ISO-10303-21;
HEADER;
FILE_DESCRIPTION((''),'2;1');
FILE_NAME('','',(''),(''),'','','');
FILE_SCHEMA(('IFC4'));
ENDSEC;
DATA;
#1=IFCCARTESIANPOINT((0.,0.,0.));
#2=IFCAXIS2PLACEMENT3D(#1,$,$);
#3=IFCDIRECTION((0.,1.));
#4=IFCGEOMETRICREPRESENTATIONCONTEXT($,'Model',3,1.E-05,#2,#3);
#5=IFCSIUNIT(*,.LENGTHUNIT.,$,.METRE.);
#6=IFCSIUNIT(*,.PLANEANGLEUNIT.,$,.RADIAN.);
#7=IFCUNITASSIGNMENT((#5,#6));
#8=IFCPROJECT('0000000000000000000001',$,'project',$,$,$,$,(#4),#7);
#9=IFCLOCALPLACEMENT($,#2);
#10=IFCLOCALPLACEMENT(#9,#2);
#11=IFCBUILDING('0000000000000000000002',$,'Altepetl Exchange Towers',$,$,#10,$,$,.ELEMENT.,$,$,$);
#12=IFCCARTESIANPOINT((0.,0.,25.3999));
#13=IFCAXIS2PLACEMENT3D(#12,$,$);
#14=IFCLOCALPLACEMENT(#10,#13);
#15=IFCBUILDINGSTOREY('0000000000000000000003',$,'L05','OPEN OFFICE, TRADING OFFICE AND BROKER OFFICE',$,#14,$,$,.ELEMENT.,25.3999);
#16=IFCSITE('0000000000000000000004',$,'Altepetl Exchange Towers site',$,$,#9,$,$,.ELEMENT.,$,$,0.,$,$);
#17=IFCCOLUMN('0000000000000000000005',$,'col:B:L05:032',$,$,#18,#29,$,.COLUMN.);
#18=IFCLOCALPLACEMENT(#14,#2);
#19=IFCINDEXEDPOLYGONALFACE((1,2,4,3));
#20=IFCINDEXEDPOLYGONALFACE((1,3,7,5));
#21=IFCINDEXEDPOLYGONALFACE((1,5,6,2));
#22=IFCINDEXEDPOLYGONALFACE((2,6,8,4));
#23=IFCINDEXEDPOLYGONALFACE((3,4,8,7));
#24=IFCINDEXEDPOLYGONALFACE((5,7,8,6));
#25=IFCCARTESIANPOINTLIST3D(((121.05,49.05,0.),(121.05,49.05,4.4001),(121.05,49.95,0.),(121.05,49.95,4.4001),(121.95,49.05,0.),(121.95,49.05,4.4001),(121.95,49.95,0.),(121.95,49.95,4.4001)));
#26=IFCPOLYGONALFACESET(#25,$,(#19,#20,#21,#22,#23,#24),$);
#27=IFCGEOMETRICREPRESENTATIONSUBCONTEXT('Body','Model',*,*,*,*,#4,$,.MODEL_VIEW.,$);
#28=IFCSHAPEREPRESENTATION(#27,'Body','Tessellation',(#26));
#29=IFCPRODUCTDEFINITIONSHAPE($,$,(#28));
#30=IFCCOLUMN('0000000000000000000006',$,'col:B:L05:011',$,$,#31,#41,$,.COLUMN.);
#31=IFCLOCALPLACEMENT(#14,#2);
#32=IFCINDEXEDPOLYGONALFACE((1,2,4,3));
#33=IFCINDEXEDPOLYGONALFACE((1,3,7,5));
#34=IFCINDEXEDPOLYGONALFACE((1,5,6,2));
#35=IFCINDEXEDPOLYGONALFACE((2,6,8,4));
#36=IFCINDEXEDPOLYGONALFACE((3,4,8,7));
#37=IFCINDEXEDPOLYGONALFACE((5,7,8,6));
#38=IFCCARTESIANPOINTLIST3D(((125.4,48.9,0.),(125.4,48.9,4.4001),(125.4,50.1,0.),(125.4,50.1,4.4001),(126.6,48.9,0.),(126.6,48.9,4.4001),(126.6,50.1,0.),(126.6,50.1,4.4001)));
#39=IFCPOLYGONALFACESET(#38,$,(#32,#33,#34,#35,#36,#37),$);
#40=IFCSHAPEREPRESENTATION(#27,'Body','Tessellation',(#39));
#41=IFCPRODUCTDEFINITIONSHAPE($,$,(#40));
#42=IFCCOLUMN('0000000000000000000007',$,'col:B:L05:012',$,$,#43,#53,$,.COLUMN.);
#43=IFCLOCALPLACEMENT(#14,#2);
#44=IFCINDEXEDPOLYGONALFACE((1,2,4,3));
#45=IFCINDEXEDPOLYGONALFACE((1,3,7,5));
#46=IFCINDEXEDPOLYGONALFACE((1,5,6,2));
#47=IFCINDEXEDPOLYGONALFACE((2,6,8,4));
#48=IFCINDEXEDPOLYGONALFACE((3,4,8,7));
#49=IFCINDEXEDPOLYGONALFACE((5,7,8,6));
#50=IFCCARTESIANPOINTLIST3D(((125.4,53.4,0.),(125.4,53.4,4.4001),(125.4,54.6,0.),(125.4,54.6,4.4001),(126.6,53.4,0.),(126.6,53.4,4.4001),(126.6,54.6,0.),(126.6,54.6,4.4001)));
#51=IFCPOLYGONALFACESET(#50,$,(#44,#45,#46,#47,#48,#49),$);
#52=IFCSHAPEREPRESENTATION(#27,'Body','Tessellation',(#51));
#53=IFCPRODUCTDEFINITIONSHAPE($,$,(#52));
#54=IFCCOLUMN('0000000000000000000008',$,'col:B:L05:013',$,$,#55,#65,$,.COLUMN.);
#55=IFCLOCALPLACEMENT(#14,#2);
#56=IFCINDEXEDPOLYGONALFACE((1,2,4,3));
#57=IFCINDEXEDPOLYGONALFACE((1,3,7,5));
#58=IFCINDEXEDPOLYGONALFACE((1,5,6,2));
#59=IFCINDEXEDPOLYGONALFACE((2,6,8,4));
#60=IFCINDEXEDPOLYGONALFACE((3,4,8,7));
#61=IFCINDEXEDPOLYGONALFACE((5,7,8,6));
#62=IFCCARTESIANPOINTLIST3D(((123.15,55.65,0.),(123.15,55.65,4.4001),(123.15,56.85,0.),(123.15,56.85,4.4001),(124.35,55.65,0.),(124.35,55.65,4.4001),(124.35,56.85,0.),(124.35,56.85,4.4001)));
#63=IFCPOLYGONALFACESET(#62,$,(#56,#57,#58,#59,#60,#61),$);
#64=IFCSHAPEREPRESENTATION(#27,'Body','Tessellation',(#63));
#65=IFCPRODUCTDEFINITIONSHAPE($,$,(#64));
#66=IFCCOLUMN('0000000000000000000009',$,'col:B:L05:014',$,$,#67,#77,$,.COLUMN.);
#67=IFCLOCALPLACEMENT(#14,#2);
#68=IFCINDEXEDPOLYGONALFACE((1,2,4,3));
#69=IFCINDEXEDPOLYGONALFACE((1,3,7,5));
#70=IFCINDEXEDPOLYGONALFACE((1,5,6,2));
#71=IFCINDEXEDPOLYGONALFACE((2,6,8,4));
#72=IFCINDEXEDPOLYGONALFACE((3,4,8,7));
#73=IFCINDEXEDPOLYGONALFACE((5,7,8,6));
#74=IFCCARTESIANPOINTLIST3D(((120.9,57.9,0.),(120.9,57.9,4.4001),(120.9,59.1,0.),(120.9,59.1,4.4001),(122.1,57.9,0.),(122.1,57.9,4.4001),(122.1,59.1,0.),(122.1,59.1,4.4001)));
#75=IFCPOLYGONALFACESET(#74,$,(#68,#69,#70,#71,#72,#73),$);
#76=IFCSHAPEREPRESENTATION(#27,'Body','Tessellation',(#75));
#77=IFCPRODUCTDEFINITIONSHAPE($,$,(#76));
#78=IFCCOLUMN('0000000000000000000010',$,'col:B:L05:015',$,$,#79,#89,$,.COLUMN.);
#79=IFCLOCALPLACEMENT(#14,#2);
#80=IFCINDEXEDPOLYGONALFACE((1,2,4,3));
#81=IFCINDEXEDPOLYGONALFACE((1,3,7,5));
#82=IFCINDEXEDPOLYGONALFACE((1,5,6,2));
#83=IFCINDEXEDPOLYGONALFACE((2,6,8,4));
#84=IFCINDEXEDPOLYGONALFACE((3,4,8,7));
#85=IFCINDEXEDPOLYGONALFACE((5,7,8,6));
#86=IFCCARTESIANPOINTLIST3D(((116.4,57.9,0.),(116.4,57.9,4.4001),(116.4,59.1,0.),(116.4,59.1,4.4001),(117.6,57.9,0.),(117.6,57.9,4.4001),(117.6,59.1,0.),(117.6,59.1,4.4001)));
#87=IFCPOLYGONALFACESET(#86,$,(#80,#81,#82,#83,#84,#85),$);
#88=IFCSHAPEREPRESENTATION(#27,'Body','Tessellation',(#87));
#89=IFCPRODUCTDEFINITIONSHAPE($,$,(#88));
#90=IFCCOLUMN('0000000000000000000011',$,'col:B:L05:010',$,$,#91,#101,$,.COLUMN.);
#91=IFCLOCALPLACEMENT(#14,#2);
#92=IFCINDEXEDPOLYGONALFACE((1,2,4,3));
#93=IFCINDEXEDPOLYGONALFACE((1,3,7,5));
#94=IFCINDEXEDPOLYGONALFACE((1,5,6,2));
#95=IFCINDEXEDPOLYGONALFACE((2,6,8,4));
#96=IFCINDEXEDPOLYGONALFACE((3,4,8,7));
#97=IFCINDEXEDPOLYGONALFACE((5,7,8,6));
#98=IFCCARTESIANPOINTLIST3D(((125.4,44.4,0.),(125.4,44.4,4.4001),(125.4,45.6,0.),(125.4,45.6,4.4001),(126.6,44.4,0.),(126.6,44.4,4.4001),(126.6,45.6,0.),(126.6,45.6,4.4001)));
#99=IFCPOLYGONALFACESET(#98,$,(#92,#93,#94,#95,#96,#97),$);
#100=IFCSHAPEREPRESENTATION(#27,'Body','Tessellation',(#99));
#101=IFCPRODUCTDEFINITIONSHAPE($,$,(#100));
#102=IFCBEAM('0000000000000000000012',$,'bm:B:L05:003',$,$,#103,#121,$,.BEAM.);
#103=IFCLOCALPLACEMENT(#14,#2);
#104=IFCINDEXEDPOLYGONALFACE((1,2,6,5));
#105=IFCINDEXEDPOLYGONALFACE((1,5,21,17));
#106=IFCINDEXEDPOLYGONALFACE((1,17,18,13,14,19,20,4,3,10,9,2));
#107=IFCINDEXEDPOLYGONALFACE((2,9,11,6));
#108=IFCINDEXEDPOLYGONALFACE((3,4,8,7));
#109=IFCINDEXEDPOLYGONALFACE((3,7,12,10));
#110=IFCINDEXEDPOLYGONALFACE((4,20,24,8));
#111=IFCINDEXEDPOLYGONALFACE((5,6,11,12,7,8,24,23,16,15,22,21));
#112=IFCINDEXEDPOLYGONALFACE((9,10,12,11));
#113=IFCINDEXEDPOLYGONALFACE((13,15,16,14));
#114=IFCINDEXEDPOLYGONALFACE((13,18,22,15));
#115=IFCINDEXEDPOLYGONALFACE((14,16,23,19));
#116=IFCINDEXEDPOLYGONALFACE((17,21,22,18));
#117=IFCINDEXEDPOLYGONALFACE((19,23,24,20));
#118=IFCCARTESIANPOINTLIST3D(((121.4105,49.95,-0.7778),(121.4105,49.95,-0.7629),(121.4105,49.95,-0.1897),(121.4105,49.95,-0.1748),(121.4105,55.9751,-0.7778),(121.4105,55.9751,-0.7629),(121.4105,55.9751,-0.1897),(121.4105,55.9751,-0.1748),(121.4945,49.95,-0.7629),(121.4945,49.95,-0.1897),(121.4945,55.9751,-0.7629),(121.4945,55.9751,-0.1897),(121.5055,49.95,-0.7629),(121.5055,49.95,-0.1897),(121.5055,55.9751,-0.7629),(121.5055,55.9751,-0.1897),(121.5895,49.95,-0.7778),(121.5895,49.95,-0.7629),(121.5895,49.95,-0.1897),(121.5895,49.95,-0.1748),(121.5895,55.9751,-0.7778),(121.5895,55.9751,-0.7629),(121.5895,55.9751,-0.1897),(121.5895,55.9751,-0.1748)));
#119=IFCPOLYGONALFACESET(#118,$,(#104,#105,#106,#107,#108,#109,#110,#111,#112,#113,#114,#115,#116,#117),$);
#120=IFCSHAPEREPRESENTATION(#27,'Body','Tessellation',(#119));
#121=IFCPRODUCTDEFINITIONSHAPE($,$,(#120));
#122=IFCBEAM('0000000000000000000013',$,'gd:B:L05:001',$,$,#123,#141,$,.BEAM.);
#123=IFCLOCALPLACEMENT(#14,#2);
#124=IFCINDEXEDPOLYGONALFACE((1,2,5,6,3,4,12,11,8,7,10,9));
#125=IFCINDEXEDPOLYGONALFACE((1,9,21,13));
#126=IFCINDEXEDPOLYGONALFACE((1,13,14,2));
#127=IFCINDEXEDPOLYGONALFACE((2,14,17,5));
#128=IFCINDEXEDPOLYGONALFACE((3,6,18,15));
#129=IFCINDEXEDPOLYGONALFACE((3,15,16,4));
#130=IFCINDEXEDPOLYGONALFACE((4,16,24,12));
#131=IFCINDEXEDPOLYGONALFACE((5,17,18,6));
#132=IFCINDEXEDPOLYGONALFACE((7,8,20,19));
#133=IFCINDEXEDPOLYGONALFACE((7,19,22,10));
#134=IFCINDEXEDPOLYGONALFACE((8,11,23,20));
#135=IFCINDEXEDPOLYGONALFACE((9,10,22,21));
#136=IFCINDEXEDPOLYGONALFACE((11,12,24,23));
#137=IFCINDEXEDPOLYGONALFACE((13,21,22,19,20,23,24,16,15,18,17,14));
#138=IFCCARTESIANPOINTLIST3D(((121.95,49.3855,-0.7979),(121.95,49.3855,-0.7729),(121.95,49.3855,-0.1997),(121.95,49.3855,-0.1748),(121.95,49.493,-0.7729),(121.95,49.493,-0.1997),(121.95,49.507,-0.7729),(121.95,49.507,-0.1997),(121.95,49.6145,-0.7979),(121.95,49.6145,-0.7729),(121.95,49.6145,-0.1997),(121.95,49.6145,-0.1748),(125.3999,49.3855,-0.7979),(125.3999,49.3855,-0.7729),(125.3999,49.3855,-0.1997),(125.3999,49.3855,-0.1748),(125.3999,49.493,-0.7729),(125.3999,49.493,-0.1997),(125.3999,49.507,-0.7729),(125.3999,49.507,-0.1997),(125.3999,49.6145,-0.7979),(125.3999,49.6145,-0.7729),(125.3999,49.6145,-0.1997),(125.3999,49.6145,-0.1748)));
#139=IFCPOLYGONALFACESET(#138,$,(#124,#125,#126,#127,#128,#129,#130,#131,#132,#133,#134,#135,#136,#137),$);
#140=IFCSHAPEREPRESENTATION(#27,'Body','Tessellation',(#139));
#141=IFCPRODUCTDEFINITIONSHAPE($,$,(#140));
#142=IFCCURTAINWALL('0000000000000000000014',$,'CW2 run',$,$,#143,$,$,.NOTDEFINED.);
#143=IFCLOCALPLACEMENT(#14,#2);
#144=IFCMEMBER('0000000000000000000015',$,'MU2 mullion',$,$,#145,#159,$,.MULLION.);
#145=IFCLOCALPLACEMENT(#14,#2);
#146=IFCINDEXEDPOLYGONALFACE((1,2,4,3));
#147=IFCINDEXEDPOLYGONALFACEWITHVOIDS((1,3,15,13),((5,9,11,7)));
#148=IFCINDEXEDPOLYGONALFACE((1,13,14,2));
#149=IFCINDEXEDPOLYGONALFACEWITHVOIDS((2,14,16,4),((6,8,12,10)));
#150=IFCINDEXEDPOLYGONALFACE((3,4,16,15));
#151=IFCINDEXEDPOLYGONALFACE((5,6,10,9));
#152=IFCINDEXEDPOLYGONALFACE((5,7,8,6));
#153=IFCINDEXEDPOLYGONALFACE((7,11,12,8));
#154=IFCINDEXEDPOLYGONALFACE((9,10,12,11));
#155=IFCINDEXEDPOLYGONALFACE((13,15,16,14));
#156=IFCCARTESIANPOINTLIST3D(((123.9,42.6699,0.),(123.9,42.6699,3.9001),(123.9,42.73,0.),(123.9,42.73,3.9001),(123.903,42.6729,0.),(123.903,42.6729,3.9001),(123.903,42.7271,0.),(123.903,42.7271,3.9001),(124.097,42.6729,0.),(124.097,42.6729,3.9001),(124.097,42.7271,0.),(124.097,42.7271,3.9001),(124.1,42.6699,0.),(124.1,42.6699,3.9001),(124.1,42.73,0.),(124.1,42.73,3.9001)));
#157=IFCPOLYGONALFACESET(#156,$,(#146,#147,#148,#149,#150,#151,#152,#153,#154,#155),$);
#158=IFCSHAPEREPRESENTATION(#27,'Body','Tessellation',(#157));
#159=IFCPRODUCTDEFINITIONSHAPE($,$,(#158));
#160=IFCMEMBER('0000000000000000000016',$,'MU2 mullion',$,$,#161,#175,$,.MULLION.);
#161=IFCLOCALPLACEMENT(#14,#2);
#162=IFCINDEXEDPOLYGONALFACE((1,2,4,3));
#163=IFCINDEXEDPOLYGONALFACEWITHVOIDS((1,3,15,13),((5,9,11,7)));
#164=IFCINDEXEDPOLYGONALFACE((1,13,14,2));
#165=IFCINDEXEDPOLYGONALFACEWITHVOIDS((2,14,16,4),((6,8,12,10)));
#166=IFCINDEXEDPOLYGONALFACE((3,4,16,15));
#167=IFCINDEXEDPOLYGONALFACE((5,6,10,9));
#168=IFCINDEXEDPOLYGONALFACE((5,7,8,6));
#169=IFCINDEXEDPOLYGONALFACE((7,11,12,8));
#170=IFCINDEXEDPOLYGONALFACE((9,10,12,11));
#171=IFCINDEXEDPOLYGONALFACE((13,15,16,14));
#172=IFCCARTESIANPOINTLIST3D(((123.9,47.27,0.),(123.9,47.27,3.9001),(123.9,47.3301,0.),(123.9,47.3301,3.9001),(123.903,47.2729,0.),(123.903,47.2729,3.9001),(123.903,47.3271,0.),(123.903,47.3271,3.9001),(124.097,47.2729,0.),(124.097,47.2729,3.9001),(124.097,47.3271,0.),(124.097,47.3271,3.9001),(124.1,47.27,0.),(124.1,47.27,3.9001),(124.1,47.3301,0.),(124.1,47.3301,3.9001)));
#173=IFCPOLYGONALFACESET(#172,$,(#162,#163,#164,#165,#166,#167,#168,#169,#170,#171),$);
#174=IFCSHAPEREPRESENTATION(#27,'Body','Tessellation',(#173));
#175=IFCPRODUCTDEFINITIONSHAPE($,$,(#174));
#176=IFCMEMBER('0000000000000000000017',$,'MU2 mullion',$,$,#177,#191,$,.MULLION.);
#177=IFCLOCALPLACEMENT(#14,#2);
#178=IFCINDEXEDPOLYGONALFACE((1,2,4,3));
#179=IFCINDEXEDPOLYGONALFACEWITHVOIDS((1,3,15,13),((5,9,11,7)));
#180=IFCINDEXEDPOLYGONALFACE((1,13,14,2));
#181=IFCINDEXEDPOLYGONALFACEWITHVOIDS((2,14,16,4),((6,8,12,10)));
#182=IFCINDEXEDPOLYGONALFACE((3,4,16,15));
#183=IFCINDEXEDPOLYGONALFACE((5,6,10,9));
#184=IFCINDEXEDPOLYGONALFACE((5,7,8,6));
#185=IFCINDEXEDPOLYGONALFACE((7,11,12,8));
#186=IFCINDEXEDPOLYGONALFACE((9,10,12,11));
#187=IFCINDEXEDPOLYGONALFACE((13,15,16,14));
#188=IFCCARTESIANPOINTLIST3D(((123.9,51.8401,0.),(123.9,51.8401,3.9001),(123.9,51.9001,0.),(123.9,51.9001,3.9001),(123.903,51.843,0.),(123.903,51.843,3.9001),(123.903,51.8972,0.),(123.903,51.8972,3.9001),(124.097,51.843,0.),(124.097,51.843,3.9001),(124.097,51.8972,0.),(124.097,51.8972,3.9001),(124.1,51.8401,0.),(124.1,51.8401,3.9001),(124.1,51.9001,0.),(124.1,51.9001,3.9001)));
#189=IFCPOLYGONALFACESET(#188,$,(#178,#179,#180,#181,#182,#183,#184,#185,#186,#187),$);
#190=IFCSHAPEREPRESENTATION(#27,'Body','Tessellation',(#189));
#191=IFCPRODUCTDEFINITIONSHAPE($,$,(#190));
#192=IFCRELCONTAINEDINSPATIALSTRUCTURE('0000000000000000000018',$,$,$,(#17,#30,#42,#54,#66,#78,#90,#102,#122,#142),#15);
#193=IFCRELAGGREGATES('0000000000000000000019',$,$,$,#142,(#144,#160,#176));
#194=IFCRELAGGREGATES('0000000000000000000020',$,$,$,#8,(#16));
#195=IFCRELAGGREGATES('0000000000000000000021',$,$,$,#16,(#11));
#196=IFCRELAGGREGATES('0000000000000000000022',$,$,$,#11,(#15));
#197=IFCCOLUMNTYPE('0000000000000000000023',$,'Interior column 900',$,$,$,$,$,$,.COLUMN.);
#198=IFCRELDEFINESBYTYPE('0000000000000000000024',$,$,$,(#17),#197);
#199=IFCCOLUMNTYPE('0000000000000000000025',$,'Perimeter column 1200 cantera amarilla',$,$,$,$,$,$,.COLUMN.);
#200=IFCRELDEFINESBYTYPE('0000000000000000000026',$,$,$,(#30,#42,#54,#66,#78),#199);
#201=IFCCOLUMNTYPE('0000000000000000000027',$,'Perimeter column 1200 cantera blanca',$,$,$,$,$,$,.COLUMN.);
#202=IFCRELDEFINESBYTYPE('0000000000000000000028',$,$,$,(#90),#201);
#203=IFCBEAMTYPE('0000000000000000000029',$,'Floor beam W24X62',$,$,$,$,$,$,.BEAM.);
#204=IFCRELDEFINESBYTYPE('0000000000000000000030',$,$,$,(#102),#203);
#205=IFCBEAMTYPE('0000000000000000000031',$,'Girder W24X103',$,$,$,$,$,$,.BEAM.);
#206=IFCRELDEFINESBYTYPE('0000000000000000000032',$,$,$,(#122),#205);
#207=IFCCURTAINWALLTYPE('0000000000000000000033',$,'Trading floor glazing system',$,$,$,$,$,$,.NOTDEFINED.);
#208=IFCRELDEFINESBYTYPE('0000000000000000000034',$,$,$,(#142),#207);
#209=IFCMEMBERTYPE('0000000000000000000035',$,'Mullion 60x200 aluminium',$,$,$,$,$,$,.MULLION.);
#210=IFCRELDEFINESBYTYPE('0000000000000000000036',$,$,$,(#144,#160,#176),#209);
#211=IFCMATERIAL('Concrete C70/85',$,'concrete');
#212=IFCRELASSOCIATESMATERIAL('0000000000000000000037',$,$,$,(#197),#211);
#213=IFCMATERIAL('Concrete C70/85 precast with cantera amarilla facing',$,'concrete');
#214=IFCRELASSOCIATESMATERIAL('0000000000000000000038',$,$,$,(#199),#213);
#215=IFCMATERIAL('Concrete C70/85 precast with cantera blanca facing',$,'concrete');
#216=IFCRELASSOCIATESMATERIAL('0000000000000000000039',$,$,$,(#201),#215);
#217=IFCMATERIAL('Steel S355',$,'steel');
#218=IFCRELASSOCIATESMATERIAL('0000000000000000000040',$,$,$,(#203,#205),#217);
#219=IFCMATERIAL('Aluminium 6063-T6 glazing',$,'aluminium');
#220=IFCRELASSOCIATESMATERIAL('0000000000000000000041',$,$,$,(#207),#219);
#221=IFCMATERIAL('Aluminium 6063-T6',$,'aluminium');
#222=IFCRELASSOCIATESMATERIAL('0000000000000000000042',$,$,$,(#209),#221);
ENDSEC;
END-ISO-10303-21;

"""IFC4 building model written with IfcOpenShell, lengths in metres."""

from ifc_helpers import new_model, si_unit, direction, frame, origin, origin_2d, place, context, subcontext, project, spatial, rectangle, hollow_rectangle, i_section, extrude, material, material_profile, profile_set, type_object, element, aggregate, save


model = new_model("IFC4")

# Units and contexts
model_context = context("Model", 3, precision=1e-05, world=origin(), true_north=direction((0.0, 1.0)))
body_context = subcontext(model_context, "Body", "Model", "MODEL_VIEW")
ifc_project = project(units=[si_unit("LENGTHUNIT", "METRE"), si_unit("PLANEANGLEUNIT", "RADIAN")], contexts=[model_context])

# Site, building, storey
site_placement = place(None, origin())
site = spatial("IfcSite", under=ifc_project, at=site_placement, Name="Altepetl Exchange Towers site", CompositionType="ELEMENT", RefElevation=0.0)
building_placement = place(site_placement, origin())
building = spatial("IfcBuilding", under=site, at=building_placement, Name="Altepetl Exchange Towers", CompositionType="ELEMENT")
storey_placement = place(building_placement, frame((0.0, 0.0, 25.3999)))
storey = spatial("IfcBuildingStorey", under=building, at=storey_placement, Name="L05", Description="OPEN OFFICE, TRADING OFFICE AND BROKER OFFICE", CompositionType="ELEMENT", Elevation=25.3999)

# Columns
ifc_material_1 = material(Name="Concrete C70/85", Category="concrete")
ifc_material_profile_1 = material_profile(ifc_material_1, rectangle(XDim=0.8999, YDim=0.8999, at=origin_2d()), Name="900 x 900")
ifc_profile_set_1 = profile_set([ifc_material_profile_1], Name="Concrete C70/85")
column_type_1 = type_object("IfcColumnType", Name="Interior column 900", PredefinedType="COLUMN", material=ifc_profile_set_1)
column_1_placement = place(storey_placement, frame((121.5, 49.5, 0.0)))
element("IfcColumn", 1, at=column_1_placement, inside=storey, type_object=column_type_1, Name="col:B:L05:032", PredefinedType="COLUMN", context=body_context, shape_type="SweptSolid", body=[
    extrude(rectangle(XDim=0.8999, YDim=0.8999, at=origin_2d()), origin(), (0.0, 0.0, 1.0), 4.4001),
])
ifc_material_2 = material(Name="Concrete C70/85 precast with cantera amarilla facing", Category="concrete")
ifc_material_profile_2 = material_profile(ifc_material_2, rectangle(XDim=1.2, YDim=1.2, at=origin_2d()), Name="1200 x 1200")
ifc_profile_set_2 = profile_set([ifc_material_profile_2], Name="Concrete C70/85 precast with cantera amarilla facing")
column_type_2 = type_object("IfcColumnType", Name="Perimeter column 1200 cantera amarilla", PredefinedType="COLUMN", material=ifc_profile_set_2)
for number, where, name in (
    (2, (126.0, 49.5, 0.0), "col:B:L05:011"),
    (3, (126.0, 54.0, 0.0), "col:B:L05:012"),
    (4, (123.75, 56.25, 0.0), "col:B:L05:013"),
    (5, (121.5, 58.5, 0.0), "col:B:L05:014"),
    (6, (117.0, 58.5, 0.0), "col:B:L05:015"),
):
    element("IfcColumn", number, at=place(storey_placement, frame(where)), inside=storey, type_object=column_type_2, Name=name, PredefinedType="COLUMN", context=body_context, shape_type="SweptSolid", body=[
        extrude(rectangle(XDim=1.2, YDim=1.2, at=origin_2d()), origin(), (0.0, 0.0, 1.0), 4.4001),
    ])
ifc_material_3 = material(Name="Concrete C70/85 precast with cantera blanca facing", Category="concrete")
ifc_material_profile_3 = material_profile(ifc_material_3, rectangle(XDim=1.2, YDim=1.2, at=origin_2d()), Name="1200 x 1200")
ifc_profile_set_3 = profile_set([ifc_material_profile_3], Name="Concrete C70/85 precast with cantera blanca facing")
column_type_3 = type_object("IfcColumnType", Name="Perimeter column 1200 cantera blanca", PredefinedType="COLUMN", material=ifc_profile_set_3)
column_2_placement = place(storey_placement, frame((126.0, 45.0, 0.0)))
element("IfcColumn", 7, at=column_2_placement, inside=storey, type_object=column_type_3, Name="col:B:L05:010", PredefinedType="COLUMN", context=body_context, shape_type="SweptSolid", body=[
    extrude(rectangle(XDim=1.2, YDim=1.2, at=origin_2d()), origin(), (0.0, 0.0, 1.0), 4.4001),
])

# Beams
ifc_material_4 = material(Name="Steel S355", Category="steel")
ifc_material_profile_4 = material_profile(ifc_material_4, i_section(OverallWidth=0.179, OverallDepth=0.603, WebThickness=0.011, FlangeThickness=0.0149, at=origin_2d()), Name="W24X62")
ifc_profile_set_4 = profile_set([ifc_material_profile_4], Name="Steel S355")
beam_type_1 = type_object("IfcBeamType", Name="Floor beam W24X62", PredefinedType="BEAM", material=ifc_profile_set_4)
beam_1_placement = place(storey_placement, frame((121.5, 49.95, -0.4763), z_axis=(0.0, 1.0, 0.0), x_axis=(-1.0, 0.0, 0.0)))
element("IfcBeam", 8, at=beam_1_placement, inside=storey, type_object=beam_type_1, Name="bm:B:L05:003", PredefinedType="BEAM", context=body_context, shape_type="SweptSolid", body=[
    extrude(i_section(OverallWidth=0.179, OverallDepth=0.603, WebThickness=0.011, FlangeThickness=0.0149, at=origin_2d()), origin(), (0.0, 0.0, 1.0), 6.0251),
])
ifc_material_profile_5 = material_profile(ifc_material_4, i_section(OverallWidth=0.229, OverallDepth=0.623, WebThickness=0.0139, FlangeThickness=0.0249, at=origin_2d()), Name="W24X103")
ifc_profile_set_5 = profile_set([ifc_material_profile_5], Name="Steel S355")
beam_type_2 = type_object("IfcBeamType", Name="Girder W24X103", PredefinedType="BEAM", material=ifc_profile_set_5)
beam_2_placement = place(storey_placement, frame((121.95, 49.5, -0.4863), z_axis=(1.0, 0.0, 0.0), x_axis=(0.0, 1.0, 0.0)))
element("IfcBeam", 9, at=beam_2_placement, inside=storey, type_object=beam_type_2, Name="gd:B:L05:001", PredefinedType="BEAM", context=body_context, shape_type="SweptSolid", body=[
    extrude(i_section(OverallWidth=0.229, OverallDepth=0.623, WebThickness=0.0139, FlangeThickness=0.0249, at=origin_2d()), origin(), (0.0, 0.0, 1.0), 3.45),
])

# Curtain wall, members
ifc_material_5 = material(Name="Aluminium 6063-T6 glazing", Category="aluminium")
curtain_wall_type = type_object("IfcCurtainWallType", Name="Trading floor glazing system", PredefinedType="NOTDEFINED", material=ifc_material_5)
curtain_wall_1_placement = place(storey_placement, origin())
curtain_wall_1 = element("IfcCurtainWall", 10, at=curtain_wall_1_placement, inside=storey, type_object=curtain_wall_type, Name="CW2 run", PredefinedType="NOTDEFINED")
ifc_material_6 = material(Name="Aluminium 6063-T6", Category="aluminium")
ifc_material_profile_6 = material_profile(ifc_material_6, hollow_rectangle(XDim=0.0601, YDim=0.2, WallThickness=0.0029, at=origin_2d()), Name="Mullion 60x200 aluminium")
ifc_profile_set_6 = profile_set([ifc_material_profile_6], Name="Aluminium 6063-T6")
member_type = type_object("IfcMemberType", Name="Mullion 60x200 aluminium", PredefinedType="MULLION", material=ifc_profile_set_6)
member_1_placement = place(storey_placement, frame((124.0, 42.7, 0.0), z_axis=(0.0, 0.0, 1.0), x_axis=(0.0, 1.0, 0.0)))
member_1 = element("IfcMember", 11, at=member_1_placement, type_object=member_type, Name="MU2 mullion", PredefinedType="MULLION", context=body_context, shape_type="SweptSolid", body=[
    extrude(hollow_rectangle(XDim=0.0601, YDim=0.2, WallThickness=0.0029, at=origin_2d()), origin(), (0.0, 0.0, 1.0), 3.9001),
])
member_2_placement = place(storey_placement, frame((124.0, 47.3, 0.0), z_axis=(0.0, 0.0, 1.0), x_axis=(0.0, 1.0, 0.0)))
member_2 = element("IfcMember", 12, at=member_2_placement, type_object=member_type, Name="MU2 mullion", PredefinedType="MULLION", context=body_context, shape_type="SweptSolid", body=[
    extrude(hollow_rectangle(XDim=0.0601, YDim=0.2, WallThickness=0.0029, at=origin_2d()), origin(), (0.0, 0.0, 1.0), 3.9001),
])
member_3_placement = place(storey_placement, frame((124.0, 51.8701, 0.0), z_axis=(0.0, 0.0, 1.0), x_axis=(0.0, 1.0, 0.0)))
member_3 = element("IfcMember", 13, at=member_3_placement, type_object=member_type, Name="MU2 mullion", PredefinedType="MULLION", context=body_context, shape_type="SweptSolid", body=[
    extrude(hollow_rectangle(XDim=0.0601, YDim=0.2, WallThickness=0.0029, at=origin_2d()), origin(), (0.0, 0.0, 1.0), 3.9001),
])

aggregate(curtain_wall_1, [member_1, member_2, member_3])

save(model, "model.ifc")
